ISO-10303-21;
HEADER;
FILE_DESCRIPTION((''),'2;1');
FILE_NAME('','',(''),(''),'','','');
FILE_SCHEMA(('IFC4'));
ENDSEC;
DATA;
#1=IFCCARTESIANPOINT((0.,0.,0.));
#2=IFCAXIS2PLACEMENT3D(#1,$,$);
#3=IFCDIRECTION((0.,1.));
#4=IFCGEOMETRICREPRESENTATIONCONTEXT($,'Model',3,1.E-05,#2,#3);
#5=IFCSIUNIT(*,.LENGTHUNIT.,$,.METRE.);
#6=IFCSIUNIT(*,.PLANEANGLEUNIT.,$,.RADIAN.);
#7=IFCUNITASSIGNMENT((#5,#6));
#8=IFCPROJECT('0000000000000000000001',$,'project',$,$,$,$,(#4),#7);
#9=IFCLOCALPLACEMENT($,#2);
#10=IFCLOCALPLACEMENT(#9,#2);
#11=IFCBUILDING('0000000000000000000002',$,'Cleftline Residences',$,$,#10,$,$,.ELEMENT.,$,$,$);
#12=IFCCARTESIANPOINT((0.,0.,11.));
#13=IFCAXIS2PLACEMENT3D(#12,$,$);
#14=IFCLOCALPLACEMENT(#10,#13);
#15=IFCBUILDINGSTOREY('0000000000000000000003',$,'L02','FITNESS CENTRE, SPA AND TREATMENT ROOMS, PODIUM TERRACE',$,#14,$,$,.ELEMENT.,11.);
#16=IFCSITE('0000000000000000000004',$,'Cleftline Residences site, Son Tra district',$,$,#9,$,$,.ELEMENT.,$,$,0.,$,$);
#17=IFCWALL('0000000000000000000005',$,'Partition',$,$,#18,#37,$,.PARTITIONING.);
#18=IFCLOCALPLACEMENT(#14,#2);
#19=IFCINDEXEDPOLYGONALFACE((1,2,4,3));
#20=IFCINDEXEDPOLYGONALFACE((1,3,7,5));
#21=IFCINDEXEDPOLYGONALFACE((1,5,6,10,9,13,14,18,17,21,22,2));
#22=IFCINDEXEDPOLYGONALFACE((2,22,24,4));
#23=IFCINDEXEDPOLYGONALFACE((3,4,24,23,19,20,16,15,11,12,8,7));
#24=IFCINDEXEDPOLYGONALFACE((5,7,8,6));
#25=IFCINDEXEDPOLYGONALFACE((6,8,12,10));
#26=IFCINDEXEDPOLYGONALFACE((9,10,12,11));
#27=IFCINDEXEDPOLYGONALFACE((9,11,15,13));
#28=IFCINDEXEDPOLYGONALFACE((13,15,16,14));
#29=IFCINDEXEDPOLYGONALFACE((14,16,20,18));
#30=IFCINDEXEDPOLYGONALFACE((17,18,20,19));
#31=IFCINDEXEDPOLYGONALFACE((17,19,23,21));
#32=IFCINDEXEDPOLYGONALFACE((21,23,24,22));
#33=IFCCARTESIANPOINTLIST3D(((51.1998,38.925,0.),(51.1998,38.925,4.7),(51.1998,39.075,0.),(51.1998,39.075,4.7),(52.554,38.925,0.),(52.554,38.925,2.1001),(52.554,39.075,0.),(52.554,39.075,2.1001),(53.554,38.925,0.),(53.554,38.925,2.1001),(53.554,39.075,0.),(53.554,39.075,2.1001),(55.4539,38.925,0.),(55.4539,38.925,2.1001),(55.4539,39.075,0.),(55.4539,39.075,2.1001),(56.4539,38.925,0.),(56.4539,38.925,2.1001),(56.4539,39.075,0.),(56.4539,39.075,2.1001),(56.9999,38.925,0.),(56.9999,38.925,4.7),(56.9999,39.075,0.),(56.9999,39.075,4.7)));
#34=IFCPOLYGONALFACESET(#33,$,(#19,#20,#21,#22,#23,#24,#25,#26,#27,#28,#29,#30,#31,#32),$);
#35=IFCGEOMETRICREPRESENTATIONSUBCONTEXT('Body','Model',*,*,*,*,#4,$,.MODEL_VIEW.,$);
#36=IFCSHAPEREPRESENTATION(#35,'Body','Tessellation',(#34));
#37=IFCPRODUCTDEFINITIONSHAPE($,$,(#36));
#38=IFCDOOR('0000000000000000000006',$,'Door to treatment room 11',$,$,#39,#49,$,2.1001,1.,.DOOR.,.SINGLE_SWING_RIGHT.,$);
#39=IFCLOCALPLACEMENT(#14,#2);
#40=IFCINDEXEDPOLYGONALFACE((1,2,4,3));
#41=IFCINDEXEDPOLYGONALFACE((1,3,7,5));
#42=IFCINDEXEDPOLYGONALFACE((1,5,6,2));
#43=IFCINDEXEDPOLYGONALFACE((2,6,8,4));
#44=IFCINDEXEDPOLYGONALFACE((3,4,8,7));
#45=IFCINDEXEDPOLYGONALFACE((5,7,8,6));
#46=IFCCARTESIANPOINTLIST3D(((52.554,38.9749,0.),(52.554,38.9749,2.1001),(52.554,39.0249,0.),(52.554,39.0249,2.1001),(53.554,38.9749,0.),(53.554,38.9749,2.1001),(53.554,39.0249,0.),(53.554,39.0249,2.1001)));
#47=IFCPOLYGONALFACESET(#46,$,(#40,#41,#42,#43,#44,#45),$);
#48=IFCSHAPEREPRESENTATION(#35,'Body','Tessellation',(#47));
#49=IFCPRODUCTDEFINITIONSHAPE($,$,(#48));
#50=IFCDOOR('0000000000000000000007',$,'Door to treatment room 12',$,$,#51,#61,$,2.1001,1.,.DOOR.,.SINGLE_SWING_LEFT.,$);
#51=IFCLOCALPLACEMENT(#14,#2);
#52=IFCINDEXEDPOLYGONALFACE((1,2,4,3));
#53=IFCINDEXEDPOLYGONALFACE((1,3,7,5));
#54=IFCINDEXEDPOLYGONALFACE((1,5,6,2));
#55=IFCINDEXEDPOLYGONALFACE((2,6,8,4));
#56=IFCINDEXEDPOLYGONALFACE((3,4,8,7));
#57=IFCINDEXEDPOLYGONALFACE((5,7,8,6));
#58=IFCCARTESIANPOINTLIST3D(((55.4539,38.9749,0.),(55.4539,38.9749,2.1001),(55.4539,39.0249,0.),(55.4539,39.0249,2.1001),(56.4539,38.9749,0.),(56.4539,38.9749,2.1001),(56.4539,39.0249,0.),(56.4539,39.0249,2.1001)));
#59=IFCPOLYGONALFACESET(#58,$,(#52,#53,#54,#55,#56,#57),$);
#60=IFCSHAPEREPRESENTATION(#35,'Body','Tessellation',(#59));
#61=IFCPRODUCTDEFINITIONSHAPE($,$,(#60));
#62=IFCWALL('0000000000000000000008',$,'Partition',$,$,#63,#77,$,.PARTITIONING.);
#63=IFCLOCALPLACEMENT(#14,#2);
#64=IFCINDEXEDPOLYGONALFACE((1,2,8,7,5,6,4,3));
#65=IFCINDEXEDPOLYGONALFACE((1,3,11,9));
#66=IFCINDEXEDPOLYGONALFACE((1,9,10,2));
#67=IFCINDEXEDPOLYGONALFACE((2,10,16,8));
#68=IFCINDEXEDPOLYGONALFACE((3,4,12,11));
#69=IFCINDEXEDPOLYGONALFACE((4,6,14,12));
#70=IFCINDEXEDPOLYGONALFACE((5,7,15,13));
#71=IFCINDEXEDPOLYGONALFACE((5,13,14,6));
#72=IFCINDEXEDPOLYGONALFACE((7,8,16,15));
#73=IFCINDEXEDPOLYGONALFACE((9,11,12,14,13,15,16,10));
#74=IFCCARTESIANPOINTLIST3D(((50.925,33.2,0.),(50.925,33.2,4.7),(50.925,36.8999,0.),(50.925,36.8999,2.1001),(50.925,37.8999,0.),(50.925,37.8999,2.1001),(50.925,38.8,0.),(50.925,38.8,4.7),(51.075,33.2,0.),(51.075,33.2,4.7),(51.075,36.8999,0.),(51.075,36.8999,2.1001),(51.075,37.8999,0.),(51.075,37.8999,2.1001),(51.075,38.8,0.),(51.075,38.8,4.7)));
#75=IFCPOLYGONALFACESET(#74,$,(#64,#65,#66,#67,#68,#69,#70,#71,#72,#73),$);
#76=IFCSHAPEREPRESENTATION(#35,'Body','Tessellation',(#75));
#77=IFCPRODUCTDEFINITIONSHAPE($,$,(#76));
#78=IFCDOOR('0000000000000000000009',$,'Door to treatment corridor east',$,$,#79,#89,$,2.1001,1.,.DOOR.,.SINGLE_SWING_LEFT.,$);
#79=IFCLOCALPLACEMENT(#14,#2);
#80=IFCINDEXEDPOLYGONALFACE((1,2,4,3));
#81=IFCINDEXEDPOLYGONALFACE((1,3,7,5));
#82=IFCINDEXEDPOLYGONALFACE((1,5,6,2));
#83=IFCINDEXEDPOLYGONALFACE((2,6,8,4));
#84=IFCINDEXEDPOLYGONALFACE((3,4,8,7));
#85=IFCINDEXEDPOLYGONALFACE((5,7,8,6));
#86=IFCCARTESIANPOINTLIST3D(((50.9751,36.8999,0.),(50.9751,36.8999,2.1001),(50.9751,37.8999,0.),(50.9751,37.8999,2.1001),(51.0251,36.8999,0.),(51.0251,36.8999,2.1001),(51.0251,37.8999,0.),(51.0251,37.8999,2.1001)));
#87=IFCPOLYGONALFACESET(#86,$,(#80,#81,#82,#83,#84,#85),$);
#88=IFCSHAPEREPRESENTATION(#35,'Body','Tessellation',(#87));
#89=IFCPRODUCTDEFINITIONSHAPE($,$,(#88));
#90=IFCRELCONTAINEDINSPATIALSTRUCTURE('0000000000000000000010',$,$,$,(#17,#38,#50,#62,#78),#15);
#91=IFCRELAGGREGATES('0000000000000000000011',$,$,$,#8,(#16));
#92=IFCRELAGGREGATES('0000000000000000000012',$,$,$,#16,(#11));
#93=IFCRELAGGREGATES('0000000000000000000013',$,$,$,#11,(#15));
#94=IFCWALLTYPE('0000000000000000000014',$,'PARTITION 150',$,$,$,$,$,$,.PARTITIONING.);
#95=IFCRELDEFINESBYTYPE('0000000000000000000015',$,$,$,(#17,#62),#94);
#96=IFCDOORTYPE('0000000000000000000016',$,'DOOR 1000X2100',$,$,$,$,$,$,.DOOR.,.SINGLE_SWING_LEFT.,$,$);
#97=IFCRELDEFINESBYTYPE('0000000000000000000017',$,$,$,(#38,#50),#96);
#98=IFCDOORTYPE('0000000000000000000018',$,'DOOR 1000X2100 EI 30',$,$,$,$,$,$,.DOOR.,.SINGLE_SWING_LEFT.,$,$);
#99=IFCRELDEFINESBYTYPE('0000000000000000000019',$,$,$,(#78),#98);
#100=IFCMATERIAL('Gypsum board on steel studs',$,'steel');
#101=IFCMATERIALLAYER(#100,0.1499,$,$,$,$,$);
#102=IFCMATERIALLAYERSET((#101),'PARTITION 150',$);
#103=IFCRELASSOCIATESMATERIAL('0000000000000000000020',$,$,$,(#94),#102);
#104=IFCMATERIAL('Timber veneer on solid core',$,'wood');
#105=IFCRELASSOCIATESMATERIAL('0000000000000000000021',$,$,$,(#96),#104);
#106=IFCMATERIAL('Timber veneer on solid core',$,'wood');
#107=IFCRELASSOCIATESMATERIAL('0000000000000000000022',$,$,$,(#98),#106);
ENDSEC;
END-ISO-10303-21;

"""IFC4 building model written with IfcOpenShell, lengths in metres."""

from ifc_helpers import new_model, si_unit, direction, frame, frame_2d, origin, place, context, subcontext, project, spatial, rectangle, extrude, material, layer, layer_set, type_object, element, fill, save


model = new_model("IFC4")

# Units and contexts
model_context = context("Model", 3, precision=1e-05, world=origin(), true_north=direction((0.0, 1.0)))
body_context = subcontext(model_context, "Body", "Model", "MODEL_VIEW")
ifc_project = project(units=[si_unit("LENGTHUNIT", "METRE"), si_unit("PLANEANGLEUNIT", "RADIAN")], contexts=[model_context])

# Site, building, storey
site_placement = place(None, origin())
site = spatial("IfcSite", under=ifc_project, at=site_placement, Name="Cleftline Residences site, Son Tra district", CompositionType="ELEMENT", RefElevation=0.0)
building_placement = place(site_placement, origin())
building = spatial("IfcBuilding", under=site, at=building_placement, Name="Cleftline Residences", CompositionType="ELEMENT")
storey_placement = place(building_placement, frame((0.0, 0.0, 11.0)))
storey = spatial("IfcBuildingStorey", under=building, at=storey_placement, Name="L02", Description="FITNESS CENTRE, SPA AND TREATMENT ROOMS, PODIUM TERRACE", CompositionType="ELEMENT", Elevation=11.0)

# Wall, openings, doors
ifc_material_1 = material(Name="Gypsum board on steel studs", Category="steel")
ifc_layer = layer(ifc_material_1, 0.1499)
ifc_layer_set = layer_set([ifc_layer], Name="PARTITION 150")
wall_type = type_object("IfcWallType", Name="PARTITION 150", PredefinedType="PARTITIONING", material=ifc_layer_set)
ifc_material_2 = material(Name="Timber veneer on solid core", Category="wood")
door_type_1 = type_object("IfcDoorType", Name="DOOR 1000X2100", OperationType="SINGLE_SWING_LEFT", PredefinedType="DOOR", material=ifc_material_2)
wall_1_placement = place(storey_placement, frame((51.2, 39.0, 0.0), z_axis=(0.0, 0.0, 1.0), x_axis=(1.0, 0.0, 0.0)))
wall_1 = element("IfcWall", 1, at=wall_1_placement, inside=storey, type_object=wall_type, Name="Partition", PredefinedType="PARTITIONING", context=body_context, shape_type="SweptSolid", body=[
    extrude(rectangle(XDim=5.8, YDim=0.1499, at=frame_2d((2.8999, 0.0))), origin(), (0.0, 0.0, 1.0), 4.7),
])
opening_1_placement = place(wall_1_placement, frame((1.354, 0.0, 0.0)))
opening_1 = element("IfcOpeningElement", 2, at=opening_1_placement, cuts=wall_1, PredefinedType="OPENING", context=body_context, shape_type="SweptSolid", body=[
    extrude(rectangle(XDim=1.0, YDim=2.1001, at=frame_2d((0.5, 1.05))), frame((0.0, 0.085, 0.0), z_axis=(0.0, -1.0, 0.0), x_axis=(1.0, 0.0, 0.0)), (0.0, 0.0, 1.0), 0.1699),
])
opening_2_placement = place(wall_1_placement, frame((4.2539, 0.0, 0.0)))
opening_2 = element("IfcOpeningElement", 3, at=opening_2_placement, cuts=wall_1, PredefinedType="OPENING", context=body_context, shape_type="SweptSolid", body=[
    extrude(rectangle(XDim=1.0, YDim=2.1001, at=frame_2d((0.5, 1.05))), frame((0.0, 0.085, 0.0), z_axis=(0.0, -1.0, 0.0), x_axis=(1.0, 0.0, 0.0)), (0.0, 0.0, 1.0), 0.1699),
])
door_1_placement = place(opening_1_placement, origin())
door_1 = element("IfcDoor", 4, at=door_1_placement, inside=storey, type_object=door_type_1, Name="Door to treatment room 11", OperationType="SINGLE_SWING_RIGHT", OverallHeight=2.1001, OverallWidth=1.0, PredefinedType="DOOR", context=body_context, shape_type="SweptSolid", body=[
    extrude(rectangle(XDim=1.0, YDim=2.1001, at=frame_2d((0.5, 1.05))), frame((0.0, 0.0249, 0.0), z_axis=(0.0, -1.0, 0.0), x_axis=(1.0, 0.0, 0.0)), (0.0, 0.0, 1.0), 0.05),
])
fill(opening_1, door_1)
door_2_placement = place(opening_2_placement, origin())
door_2 = element("IfcDoor", 5, at=door_2_placement, inside=storey, type_object=door_type_1, Name="Door to treatment room 12", OperationType="SINGLE_SWING_LEFT", OverallHeight=2.1001, OverallWidth=1.0, PredefinedType="DOOR", context=body_context, shape_type="SweptSolid", body=[
    extrude(rectangle(XDim=1.0, YDim=2.1001, at=frame_2d((0.5, 1.05))), frame((0.0, 0.0249, 0.0), z_axis=(0.0, -1.0, 0.0), x_axis=(1.0, 0.0, 0.0)), (0.0, 0.0, 1.0), 0.05),
])
fill(opening_2, door_2)

# Wall, opening, door
wall_2_placement = place(storey_placement, frame((51.0, 33.2, 0.0), z_axis=(0.0, 0.0, 1.0), x_axis=(0.0, 1.0, 0.0)))
wall_2 = element("IfcWall", 6, at=wall_2_placement, inside=storey, type_object=wall_type, Name="Partition", PredefinedType="PARTITIONING", context=body_context, shape_type="SweptSolid", body=[
    extrude(rectangle(XDim=5.6001, YDim=0.1499, at=frame_2d((2.8, 0.0))), origin(), (0.0, 0.0, 1.0), 4.7),
])
opening_3_placement = place(wall_2_placement, frame((3.7, 0.0, 0.0)))
opening_3 = element("IfcOpeningElement", 7, at=opening_3_placement, cuts=wall_2, PredefinedType="OPENING", context=body_context, shape_type="SweptSolid", body=[
    extrude(rectangle(XDim=1.0, YDim=2.1001, at=frame_2d((0.5, 1.05))), frame((0.0, 0.085, 0.0), z_axis=(0.0, -1.0, 0.0), x_axis=(1.0, 0.0, 0.0)), (0.0, 0.0, 1.0), 0.1699),
])
ifc_material_3 = material(Name="Timber veneer on solid core", Category="wood")
door_type_2 = type_object("IfcDoorType", Name="DOOR 1000X2100 EI 30", OperationType="SINGLE_SWING_LEFT", PredefinedType="DOOR", material=ifc_material_3)
door_3_placement = place(opening_3_placement, origin())
door_3 = element("IfcDoor", 8, at=door_3_placement, inside=storey, type_object=door_type_2, Name="Door to treatment corridor east", OperationType="SINGLE_SWING_LEFT", OverallHeight=2.1001, OverallWidth=1.0, PredefinedType="DOOR", context=body_context, shape_type="SweptSolid", body=[
    extrude(rectangle(XDim=1.0, YDim=2.1001, at=frame_2d((0.5, 1.05))), frame((0.0, 0.0249, 0.0), z_axis=(0.0, -1.0, 0.0), x_axis=(1.0, 0.0, 0.0)), (0.0, 0.0, 1.0), 0.05),
])
fill(opening_3, door_3)

save(model, "model.ifc")
